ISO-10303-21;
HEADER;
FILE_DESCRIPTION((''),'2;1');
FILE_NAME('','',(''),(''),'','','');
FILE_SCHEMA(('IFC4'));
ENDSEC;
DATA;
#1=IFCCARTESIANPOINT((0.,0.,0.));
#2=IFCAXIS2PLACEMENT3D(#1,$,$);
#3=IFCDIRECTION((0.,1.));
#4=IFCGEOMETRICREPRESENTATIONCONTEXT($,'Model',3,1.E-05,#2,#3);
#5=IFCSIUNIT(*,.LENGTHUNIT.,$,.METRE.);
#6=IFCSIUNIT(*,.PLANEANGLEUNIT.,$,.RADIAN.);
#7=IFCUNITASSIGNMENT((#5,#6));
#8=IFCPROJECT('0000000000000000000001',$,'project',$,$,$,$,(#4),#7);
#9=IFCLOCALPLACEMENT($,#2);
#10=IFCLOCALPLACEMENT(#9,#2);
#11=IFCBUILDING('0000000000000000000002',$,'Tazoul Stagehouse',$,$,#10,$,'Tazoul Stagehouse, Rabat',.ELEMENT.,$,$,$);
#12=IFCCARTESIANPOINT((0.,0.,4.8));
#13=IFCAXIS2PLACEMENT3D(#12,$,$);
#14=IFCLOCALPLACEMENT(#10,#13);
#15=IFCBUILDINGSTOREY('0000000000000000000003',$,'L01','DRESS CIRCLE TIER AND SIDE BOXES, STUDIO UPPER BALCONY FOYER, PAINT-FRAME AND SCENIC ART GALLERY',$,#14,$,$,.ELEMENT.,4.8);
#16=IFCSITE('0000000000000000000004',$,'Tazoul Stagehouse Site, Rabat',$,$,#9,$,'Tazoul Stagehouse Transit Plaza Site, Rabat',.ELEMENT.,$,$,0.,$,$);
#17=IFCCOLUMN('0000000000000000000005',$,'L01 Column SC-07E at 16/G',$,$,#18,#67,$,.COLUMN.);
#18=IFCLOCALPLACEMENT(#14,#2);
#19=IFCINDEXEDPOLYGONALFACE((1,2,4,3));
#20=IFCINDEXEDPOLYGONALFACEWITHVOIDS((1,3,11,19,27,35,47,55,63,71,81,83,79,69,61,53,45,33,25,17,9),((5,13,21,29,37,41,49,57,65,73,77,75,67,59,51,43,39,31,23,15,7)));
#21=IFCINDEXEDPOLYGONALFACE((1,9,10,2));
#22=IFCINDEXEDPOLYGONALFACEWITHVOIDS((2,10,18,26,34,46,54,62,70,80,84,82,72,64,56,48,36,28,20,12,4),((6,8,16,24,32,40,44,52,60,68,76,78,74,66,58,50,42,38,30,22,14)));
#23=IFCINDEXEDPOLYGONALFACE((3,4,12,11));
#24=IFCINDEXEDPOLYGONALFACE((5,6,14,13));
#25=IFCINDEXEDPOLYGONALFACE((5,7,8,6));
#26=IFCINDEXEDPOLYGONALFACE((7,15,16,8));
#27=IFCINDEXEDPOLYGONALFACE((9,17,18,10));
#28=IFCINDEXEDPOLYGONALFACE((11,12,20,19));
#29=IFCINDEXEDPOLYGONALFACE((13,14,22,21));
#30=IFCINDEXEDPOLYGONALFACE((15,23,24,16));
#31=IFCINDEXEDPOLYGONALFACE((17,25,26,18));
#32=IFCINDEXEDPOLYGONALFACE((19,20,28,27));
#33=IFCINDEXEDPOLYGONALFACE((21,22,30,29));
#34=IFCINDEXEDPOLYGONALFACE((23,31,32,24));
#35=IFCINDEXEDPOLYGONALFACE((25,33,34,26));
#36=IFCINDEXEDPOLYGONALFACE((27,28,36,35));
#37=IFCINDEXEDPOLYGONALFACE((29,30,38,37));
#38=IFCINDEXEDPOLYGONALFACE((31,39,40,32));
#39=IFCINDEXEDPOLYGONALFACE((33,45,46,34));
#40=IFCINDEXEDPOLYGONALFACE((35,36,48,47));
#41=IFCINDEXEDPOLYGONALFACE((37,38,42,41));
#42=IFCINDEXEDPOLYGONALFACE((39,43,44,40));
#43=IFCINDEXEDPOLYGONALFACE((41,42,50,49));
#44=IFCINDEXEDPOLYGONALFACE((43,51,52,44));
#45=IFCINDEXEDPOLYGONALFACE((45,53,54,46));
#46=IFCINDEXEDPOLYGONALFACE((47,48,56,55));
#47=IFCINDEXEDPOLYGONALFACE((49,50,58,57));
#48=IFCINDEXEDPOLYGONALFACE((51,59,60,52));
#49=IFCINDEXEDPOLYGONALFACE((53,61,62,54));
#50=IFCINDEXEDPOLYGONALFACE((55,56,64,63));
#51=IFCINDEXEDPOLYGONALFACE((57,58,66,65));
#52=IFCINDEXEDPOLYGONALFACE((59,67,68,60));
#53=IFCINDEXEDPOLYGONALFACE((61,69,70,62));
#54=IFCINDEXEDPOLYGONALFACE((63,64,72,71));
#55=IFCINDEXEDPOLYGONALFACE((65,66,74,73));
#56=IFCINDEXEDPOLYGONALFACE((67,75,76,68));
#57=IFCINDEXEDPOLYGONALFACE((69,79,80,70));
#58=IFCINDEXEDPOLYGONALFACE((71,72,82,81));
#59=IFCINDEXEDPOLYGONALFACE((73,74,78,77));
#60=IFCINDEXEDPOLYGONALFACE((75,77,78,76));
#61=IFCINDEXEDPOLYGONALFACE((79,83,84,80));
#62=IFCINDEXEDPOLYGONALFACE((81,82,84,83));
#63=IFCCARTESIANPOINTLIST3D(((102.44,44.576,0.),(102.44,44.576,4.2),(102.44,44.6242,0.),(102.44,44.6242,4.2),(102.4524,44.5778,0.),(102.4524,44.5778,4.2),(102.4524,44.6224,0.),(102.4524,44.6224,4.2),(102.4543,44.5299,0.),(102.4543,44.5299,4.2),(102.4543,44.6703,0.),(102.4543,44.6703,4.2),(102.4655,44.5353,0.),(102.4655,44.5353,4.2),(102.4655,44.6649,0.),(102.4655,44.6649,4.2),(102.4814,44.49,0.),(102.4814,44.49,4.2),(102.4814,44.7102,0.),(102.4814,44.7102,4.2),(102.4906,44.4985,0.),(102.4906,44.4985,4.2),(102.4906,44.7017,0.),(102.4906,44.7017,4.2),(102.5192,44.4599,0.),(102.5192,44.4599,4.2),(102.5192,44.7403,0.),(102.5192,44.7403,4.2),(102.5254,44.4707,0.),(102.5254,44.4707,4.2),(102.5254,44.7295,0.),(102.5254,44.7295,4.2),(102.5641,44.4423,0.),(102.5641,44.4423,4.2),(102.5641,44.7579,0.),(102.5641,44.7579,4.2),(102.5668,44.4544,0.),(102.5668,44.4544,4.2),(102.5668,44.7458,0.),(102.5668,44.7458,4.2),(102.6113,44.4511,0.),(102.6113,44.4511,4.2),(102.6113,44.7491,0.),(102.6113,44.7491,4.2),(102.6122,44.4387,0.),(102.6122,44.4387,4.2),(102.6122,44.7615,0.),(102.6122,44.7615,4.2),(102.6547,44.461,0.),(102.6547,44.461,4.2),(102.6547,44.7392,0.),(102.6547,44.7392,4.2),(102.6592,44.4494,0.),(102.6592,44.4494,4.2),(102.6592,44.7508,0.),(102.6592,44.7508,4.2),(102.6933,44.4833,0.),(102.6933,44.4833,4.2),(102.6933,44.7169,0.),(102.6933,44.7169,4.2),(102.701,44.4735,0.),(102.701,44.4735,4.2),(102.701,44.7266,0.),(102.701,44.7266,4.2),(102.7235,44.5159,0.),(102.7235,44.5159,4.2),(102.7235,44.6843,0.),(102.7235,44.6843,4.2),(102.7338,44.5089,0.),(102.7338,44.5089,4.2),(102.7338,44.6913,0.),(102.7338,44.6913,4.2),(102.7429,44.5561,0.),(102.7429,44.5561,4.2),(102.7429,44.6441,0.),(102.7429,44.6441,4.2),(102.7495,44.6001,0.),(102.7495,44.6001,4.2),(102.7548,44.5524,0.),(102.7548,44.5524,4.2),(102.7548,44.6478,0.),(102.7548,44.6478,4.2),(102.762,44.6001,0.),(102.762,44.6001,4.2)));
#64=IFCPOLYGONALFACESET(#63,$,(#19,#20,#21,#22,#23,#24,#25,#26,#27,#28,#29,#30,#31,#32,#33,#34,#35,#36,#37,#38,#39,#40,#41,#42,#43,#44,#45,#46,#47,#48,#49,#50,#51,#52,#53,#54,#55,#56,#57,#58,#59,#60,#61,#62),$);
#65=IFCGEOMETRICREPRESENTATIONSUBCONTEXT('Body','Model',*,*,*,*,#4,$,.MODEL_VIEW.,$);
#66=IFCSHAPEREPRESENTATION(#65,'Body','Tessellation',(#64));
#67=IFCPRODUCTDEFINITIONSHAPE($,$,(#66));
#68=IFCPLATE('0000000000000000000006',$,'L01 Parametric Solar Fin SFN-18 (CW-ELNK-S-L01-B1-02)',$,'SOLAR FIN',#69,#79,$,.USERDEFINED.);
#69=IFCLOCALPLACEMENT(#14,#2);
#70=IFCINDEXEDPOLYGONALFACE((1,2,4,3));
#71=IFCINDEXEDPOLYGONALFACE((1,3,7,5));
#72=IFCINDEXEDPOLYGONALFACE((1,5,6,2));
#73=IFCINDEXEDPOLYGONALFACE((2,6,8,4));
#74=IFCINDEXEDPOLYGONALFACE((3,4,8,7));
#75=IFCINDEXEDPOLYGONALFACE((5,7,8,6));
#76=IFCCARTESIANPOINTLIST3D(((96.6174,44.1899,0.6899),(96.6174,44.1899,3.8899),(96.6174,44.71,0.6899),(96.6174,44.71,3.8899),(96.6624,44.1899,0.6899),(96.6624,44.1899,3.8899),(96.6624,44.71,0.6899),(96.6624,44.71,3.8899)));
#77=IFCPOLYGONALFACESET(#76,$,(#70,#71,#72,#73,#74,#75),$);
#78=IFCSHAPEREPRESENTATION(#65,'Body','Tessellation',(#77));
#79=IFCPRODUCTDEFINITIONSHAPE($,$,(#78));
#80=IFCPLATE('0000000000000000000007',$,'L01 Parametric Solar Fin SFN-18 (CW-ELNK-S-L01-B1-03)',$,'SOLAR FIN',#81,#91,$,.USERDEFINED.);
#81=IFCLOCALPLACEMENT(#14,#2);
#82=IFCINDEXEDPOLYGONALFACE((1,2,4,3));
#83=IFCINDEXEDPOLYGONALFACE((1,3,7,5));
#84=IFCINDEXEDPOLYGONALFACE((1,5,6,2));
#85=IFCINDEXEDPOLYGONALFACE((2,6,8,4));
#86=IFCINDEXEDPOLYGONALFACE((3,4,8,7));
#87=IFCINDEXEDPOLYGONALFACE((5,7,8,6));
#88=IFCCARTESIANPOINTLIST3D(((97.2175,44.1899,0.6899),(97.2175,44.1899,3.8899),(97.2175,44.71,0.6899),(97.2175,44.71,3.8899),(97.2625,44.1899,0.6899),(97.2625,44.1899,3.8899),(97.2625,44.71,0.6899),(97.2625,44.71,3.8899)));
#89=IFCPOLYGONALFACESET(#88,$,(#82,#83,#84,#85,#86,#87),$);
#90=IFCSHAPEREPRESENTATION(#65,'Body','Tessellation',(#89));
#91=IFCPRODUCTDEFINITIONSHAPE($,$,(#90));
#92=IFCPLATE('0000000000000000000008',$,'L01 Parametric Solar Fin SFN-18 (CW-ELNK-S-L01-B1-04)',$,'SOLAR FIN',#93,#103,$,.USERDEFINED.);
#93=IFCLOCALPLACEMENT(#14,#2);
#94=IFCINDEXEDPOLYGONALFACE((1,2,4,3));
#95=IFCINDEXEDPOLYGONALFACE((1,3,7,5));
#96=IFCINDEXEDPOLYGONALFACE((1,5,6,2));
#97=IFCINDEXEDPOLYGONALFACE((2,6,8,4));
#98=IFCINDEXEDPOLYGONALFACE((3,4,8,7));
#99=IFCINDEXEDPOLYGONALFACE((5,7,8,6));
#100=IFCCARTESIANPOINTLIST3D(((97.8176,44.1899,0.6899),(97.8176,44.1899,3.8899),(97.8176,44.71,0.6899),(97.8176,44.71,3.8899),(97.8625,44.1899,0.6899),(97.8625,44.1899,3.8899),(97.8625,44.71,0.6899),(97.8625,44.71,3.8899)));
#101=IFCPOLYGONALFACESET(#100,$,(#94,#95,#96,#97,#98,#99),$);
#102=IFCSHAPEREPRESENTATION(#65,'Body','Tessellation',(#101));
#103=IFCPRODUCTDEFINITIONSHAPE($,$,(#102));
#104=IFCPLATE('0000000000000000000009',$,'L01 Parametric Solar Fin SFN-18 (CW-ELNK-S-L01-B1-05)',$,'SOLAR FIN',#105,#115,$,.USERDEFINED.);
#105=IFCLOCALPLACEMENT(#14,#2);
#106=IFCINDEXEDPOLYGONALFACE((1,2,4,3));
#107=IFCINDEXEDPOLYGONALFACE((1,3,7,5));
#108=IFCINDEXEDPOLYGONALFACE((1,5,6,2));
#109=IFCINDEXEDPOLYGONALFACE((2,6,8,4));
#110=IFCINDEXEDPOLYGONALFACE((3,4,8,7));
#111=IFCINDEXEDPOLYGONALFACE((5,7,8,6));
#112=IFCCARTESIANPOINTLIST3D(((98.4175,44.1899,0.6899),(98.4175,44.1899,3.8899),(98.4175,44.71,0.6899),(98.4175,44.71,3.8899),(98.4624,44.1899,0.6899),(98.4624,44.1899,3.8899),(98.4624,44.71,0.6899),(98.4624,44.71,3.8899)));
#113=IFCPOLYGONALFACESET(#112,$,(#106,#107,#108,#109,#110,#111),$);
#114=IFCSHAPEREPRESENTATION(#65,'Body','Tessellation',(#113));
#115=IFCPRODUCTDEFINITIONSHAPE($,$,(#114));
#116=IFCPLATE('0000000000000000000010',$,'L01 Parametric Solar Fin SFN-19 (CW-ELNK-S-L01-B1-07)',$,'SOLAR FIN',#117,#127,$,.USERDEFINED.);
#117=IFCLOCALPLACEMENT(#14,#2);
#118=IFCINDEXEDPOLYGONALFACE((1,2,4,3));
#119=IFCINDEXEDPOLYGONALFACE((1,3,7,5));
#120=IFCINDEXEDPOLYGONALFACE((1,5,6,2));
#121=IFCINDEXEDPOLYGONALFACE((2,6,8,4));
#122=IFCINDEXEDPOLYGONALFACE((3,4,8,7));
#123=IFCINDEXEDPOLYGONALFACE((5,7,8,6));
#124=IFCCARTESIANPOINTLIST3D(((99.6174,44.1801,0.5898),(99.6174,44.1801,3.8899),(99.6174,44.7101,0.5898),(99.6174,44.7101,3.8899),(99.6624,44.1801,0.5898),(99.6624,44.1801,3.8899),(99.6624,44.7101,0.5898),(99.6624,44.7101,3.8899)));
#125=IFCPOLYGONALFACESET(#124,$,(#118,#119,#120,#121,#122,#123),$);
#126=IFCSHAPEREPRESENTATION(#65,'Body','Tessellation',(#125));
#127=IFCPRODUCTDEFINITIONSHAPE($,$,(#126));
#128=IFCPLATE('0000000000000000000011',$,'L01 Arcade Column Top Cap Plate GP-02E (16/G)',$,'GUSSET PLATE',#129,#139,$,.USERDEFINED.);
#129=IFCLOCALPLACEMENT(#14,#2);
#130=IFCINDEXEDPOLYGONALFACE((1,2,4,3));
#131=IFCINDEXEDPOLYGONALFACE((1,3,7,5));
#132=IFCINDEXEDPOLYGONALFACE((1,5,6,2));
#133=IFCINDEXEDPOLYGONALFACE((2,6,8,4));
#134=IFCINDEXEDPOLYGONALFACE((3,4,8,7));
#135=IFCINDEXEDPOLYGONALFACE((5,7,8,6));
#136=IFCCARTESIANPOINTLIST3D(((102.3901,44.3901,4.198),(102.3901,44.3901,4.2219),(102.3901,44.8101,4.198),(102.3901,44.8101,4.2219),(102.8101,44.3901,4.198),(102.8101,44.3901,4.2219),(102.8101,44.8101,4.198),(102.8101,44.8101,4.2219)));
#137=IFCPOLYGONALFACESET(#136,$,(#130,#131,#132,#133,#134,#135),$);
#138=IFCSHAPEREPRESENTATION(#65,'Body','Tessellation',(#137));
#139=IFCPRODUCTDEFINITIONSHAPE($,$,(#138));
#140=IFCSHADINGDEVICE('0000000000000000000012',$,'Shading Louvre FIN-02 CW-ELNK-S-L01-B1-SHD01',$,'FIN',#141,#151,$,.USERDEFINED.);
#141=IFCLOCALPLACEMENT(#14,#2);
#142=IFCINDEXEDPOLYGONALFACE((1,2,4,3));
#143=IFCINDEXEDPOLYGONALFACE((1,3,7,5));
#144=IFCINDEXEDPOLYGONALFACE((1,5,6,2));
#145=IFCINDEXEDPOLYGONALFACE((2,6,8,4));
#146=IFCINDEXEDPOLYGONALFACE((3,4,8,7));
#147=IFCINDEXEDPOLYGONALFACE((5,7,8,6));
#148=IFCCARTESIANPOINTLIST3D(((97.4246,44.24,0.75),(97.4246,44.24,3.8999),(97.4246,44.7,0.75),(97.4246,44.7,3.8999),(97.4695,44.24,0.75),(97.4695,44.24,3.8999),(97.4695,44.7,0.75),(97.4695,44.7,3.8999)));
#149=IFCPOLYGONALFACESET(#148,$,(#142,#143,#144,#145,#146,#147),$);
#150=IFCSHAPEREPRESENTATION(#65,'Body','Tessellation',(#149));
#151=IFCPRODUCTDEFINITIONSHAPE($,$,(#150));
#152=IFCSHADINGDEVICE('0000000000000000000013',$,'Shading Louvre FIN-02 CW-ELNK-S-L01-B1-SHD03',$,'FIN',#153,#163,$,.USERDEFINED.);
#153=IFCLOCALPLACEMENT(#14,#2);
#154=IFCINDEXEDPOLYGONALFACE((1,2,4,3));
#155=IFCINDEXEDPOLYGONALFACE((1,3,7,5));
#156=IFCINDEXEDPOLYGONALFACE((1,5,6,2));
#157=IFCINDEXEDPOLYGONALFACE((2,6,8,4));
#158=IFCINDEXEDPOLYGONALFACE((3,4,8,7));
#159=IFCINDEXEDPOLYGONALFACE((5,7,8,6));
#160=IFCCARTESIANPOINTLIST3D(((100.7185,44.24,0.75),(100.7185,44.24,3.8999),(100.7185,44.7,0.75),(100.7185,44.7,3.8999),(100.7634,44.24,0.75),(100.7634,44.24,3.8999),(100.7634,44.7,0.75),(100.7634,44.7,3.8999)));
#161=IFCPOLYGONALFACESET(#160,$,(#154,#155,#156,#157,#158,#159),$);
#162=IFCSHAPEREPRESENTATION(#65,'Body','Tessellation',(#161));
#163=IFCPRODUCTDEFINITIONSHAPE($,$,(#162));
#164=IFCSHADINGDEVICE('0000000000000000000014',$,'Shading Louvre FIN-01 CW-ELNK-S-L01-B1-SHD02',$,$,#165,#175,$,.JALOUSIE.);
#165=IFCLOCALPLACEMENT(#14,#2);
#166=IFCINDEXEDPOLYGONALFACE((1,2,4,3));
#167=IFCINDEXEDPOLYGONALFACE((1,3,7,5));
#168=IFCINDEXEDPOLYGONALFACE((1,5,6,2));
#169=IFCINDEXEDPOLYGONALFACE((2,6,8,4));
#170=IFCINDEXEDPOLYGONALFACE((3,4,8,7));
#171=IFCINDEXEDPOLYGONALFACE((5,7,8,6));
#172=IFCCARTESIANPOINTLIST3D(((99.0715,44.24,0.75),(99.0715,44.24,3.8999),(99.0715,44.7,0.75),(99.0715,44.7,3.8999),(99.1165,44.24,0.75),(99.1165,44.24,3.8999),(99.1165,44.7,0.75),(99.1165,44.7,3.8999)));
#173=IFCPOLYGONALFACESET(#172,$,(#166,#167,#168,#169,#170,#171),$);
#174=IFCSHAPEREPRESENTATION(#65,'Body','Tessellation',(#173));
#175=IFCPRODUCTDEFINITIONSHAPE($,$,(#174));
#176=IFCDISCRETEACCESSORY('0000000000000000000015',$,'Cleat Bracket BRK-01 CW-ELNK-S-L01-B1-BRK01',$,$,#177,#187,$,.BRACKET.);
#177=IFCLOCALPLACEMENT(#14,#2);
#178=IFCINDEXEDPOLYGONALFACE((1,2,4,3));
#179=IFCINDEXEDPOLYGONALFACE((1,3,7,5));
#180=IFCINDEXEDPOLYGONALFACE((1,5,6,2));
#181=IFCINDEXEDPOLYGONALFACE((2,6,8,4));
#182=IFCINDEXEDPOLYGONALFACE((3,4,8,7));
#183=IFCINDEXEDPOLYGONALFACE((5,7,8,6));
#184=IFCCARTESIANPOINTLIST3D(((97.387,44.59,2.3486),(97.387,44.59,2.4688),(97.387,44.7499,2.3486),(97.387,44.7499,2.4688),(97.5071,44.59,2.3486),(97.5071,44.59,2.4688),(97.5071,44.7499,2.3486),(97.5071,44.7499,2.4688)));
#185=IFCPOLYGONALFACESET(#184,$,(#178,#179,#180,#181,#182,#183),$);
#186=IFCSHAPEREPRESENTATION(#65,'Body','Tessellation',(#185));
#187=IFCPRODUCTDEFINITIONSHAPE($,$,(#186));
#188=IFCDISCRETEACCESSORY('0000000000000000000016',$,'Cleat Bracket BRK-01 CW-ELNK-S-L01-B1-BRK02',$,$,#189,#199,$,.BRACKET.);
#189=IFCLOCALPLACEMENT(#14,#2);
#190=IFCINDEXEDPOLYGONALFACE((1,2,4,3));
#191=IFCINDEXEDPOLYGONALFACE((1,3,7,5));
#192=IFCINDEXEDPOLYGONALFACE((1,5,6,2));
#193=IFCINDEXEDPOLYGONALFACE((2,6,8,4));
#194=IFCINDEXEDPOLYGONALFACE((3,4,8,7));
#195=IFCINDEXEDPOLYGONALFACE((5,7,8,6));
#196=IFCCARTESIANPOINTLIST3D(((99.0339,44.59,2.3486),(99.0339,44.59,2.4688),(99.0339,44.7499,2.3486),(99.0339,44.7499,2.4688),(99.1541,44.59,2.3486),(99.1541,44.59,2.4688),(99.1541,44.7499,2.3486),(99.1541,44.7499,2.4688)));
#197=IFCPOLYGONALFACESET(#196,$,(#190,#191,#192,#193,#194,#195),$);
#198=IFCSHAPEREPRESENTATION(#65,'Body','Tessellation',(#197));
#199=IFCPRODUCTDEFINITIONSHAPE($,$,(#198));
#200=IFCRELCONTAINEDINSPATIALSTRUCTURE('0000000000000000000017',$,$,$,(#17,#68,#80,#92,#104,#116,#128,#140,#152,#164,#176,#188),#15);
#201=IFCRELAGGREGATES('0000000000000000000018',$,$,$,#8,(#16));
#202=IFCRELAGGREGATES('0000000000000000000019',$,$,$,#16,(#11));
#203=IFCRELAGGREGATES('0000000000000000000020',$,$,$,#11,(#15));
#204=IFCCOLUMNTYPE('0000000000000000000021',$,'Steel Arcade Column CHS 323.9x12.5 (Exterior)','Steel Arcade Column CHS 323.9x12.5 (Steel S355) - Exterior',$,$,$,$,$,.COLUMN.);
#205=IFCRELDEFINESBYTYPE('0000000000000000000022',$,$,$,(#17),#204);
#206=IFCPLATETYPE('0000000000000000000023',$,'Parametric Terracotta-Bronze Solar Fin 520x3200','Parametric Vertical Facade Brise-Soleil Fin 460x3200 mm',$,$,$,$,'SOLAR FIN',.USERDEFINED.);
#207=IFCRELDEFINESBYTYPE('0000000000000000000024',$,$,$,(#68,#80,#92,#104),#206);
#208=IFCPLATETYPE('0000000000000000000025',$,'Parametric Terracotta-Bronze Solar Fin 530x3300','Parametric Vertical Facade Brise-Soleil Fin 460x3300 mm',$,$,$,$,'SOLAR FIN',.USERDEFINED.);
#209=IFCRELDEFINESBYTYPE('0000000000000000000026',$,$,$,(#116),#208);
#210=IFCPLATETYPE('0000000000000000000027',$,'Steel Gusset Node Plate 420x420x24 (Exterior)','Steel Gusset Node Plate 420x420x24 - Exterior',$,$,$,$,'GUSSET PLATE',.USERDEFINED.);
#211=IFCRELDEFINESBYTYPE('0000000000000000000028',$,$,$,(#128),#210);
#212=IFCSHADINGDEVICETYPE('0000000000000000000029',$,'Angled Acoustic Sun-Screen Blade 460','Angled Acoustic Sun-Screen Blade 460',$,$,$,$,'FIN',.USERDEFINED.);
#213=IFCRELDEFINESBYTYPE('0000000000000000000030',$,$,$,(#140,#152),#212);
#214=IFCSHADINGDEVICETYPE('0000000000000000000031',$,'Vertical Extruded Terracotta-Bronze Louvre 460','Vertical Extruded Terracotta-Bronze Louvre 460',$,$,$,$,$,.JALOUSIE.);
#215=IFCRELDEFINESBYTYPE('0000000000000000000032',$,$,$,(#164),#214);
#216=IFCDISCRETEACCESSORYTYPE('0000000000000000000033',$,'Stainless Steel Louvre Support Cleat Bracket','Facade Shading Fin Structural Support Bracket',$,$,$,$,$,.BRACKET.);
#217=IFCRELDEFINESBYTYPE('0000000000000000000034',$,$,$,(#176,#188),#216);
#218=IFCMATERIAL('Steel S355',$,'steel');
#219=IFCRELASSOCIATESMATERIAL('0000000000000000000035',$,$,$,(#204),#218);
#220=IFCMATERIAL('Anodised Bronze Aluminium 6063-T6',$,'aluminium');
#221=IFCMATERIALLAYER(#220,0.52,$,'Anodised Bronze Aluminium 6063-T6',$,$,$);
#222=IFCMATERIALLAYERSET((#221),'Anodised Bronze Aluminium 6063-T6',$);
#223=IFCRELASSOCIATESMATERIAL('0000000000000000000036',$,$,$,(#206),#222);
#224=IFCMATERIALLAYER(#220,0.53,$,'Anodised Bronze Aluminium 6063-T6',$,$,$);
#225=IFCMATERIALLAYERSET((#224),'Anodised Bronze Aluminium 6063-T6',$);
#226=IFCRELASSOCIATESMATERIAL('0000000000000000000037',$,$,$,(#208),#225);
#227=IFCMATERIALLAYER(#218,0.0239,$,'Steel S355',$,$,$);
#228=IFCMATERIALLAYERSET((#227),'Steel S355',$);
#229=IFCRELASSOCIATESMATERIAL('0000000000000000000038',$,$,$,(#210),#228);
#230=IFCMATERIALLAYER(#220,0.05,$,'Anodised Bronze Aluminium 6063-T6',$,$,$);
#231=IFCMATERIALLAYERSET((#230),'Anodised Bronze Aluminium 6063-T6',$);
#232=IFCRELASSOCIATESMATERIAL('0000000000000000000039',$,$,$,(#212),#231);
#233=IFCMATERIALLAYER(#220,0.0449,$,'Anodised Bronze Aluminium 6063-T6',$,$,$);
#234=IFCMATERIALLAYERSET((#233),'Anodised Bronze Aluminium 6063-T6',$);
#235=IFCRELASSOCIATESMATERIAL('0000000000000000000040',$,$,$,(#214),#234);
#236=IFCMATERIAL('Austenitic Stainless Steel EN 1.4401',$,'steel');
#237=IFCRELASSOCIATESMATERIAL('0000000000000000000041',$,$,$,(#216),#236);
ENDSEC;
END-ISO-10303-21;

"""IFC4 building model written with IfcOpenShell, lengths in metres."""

from ifc_helpers import new_model, si_unit, direction, frame, origin, origin_2d, place, context, subcontext, project, spatial, rectangle, hollow_circle, extrude, material, layer, layer_set, material_profile, profile_set, type_object, element, save


model = new_model("IFC4")

# Units and contexts
model_context = context("Model", 3, precision=1e-05, world=origin(), true_north=direction((0.0, 1.0)))
body_context = subcontext(model_context, "Body", "Model", "MODEL_VIEW")
ifc_project = project(units=[si_unit("LENGTHUNIT", "METRE"), si_unit("PLANEANGLEUNIT", "RADIAN")], contexts=[model_context])

# Site, building, storey
site_placement = place(None, origin())
site = spatial("IfcSite", under=ifc_project, at=site_placement, Name="Tazoul Stagehouse Site, Rabat", LongName="Tazoul Stagehouse Transit Plaza Site, Rabat", CompositionType="ELEMENT", RefElevation=0.0)
building_placement = place(site_placement, origin())
building = spatial("IfcBuilding", under=site, at=building_placement, Name="Tazoul Stagehouse", LongName="Tazoul Stagehouse, Rabat", CompositionType="ELEMENT")
storey_placement = place(building_placement, frame((0.0, 0.0, 4.8)))
storey = spatial("IfcBuildingStorey", under=building, at=storey_placement, Name="L01", Description="DRESS CIRCLE TIER AND SIDE BOXES, STUDIO UPPER BALCONY FOYER, PAINT-FRAME AND SCENIC ART GALLERY", CompositionType="ELEMENT", Elevation=4.8)

# Column
ifc_material_1 = material(Name="Steel S355", Category="steel")
ifc_material_profile = material_profile(ifc_material_1, hollow_circle(Radius=0.1619, WallThickness=0.0125, at=origin_2d()), Name="CHS 323.9x12.5")
ifc_profile_set = profile_set([ifc_material_profile], Name="Steel S355")
column_type = type_object("IfcColumnType", Name="Steel Arcade Column CHS 323.9x12.5 (Exterior)", Description="Steel Arcade Column CHS 323.9x12.5 (Steel S355) - Exterior", PredefinedType="COLUMN", material=ifc_profile_set)
column_placement = place(storey_placement, frame((102.6001, 44.6001, 0.0), z_axis=(0.0, 0.0, 1.0), x_axis=(1.0, 0.0, 0.0)))
element("IfcColumn", 1, at=column_placement, inside=storey, type_object=column_type, Name="L01 Column SC-07E at 16/G", PredefinedType="COLUMN", context=body_context, shape_type="SweptSolid", body=[
    extrude(hollow_circle(Radius=0.1619, WallThickness=0.0125, at=origin_2d()), origin(), (0.0, 0.0, 1.0), 4.2),
])

# Plates
ifc_material_2 = material(Name="Anodised Bronze Aluminium 6063-T6", Category="aluminium")
ifc_layer_1 = layer(ifc_material_2, 0.52, Name="Anodised Bronze Aluminium 6063-T6")
ifc_layer_set_1 = layer_set([ifc_layer_1], Name="Anodised Bronze Aluminium 6063-T6")
plate_type_1 = type_object("IfcPlateType", Name="Parametric Terracotta-Bronze Solar Fin 520x3200", Description="Parametric Vertical Facade Brise-Soleil Fin 460x3200 mm", ElementType="SOLAR FIN", PredefinedType="USERDEFINED", material=ifc_layer_set_1)
for number, where, z_axis, x_axis, name in (
    (2, (96.6399, 44.45, 0.6899), (0.0, 0.0, 1.0), (1.0, 0.0, 0.0), "L01 Parametric Solar Fin SFN-18 (CW-ELNK-S-L01-B1-02)"),
    (3, (97.24, 44.45, 0.6899), (0.0, 0.0, 1.0), (1.0, 0.0, 0.0), "L01 Parametric Solar Fin SFN-18 (CW-ELNK-S-L01-B1-03)"),
    (4, (97.8401, 44.45, 0.6899), (0.0, 0.0, 1.0), (1.0, 0.0, 0.0), "L01 Parametric Solar Fin SFN-18 (CW-ELNK-S-L01-B1-04)"),
    (5, (98.4399, 44.45, 0.6899), (0.0, 0.0, 1.0), (1.0, 0.0, 0.0), "L01 Parametric Solar Fin SFN-18 (CW-ELNK-S-L01-B1-05)"),
):
    element("IfcPlate", number, at=place(storey_placement, frame(where, z_axis=z_axis, x_axis=x_axis)), inside=storey, type_object=plate_type_1, Name=name, ObjectType="SOLAR FIN", PredefinedType="USERDEFINED", context=body_context, shape_type="SweptSolid", body=[
        extrude(rectangle(XDim=0.0449, YDim=0.52, at=origin_2d()), origin(), (0.0, 0.0, 1.0), 3.2),
    ])
ifc_layer_2 = layer(ifc_material_2, 0.53, Name="Anodised Bronze Aluminium 6063-T6")
ifc_layer_set_2 = layer_set([ifc_layer_2], Name="Anodised Bronze Aluminium 6063-T6")
plate_type_2 = type_object("IfcPlateType", Name="Parametric Terracotta-Bronze Solar Fin 530x3300", Description="Parametric Vertical Facade Brise-Soleil Fin 460x3300 mm", ElementType="SOLAR FIN", PredefinedType="USERDEFINED", material=ifc_layer_set_2)
plate_1_placement = place(storey_placement, frame((99.6399, 44.4451, 0.5898), z_axis=(0.0, 0.0, 1.0), x_axis=(1.0, 0.0, 0.0)))
element("IfcPlate", 6, at=plate_1_placement, inside=storey, type_object=plate_type_2, Name="L01 Parametric Solar Fin SFN-19 (CW-ELNK-S-L01-B1-07)", ObjectType="SOLAR FIN", PredefinedType="USERDEFINED", context=body_context, shape_type="SweptSolid", body=[
    extrude(rectangle(XDim=0.0449, YDim=0.53, at=origin_2d()), origin(), (0.0, 0.0, 1.0), 3.3),
])
ifc_layer_3 = layer(ifc_material_1, 0.0239, Name="Steel S355")
ifc_layer_set_3 = layer_set([ifc_layer_3], Name="Steel S355")
plate_type_3 = type_object("IfcPlateType", Name="Steel Gusset Node Plate 420x420x24 (Exterior)", Description="Steel Gusset Node Plate 420x420x24 - Exterior", ElementType="GUSSET PLATE", PredefinedType="USERDEFINED", material=ifc_layer_set_3)
plate_2_placement = place(storey_placement, frame((102.6001, 44.6001, 4.198), z_axis=(0.0, 0.0, 1.0), x_axis=(1.0, 0.0, 0.0)))
element("IfcPlate", 7, at=plate_2_placement, inside=storey, type_object=plate_type_3, Name="L01 Arcade Column Top Cap Plate GP-02E (16/G)", ObjectType="GUSSET PLATE", PredefinedType="USERDEFINED", context=body_context, shape_type="SweptSolid", body=[
    extrude(rectangle(XDim=0.4199, YDim=0.4199, at=origin_2d()), origin(), (0.0, 0.0, 1.0), 0.0239),
])

# Shading devices
ifc_layer_4 = layer(ifc_material_2, 0.05, Name="Anodised Bronze Aluminium 6063-T6")
ifc_layer_set_4 = layer_set([ifc_layer_4], Name="Anodised Bronze Aluminium 6063-T6")
shading_device_type_1 = type_object("IfcShadingDeviceType", Name="Angled Acoustic Sun-Screen Blade 460", Description="Angled Acoustic Sun-Screen Blade 460", ElementType="FIN", PredefinedType="USERDEFINED", material=ifc_layer_set_4)
for number, where, z_axis, x_axis, name in (
    (8, (97.447, 44.47, 0.75), (0.0, 0.0, 1.0), (1.0, 0.0, 0.0), "Shading Louvre FIN-02 CW-ELNK-S-L01-B1-SHD01"),
    (9, (100.741, 44.47, 0.75), (0.0, 0.0, 1.0), (1.0, 0.0, 0.0), "Shading Louvre FIN-02 CW-ELNK-S-L01-B1-SHD03"),
):
    element("IfcShadingDevice", number, at=place(storey_placement, frame(where, z_axis=z_axis, x_axis=x_axis)), inside=storey, type_object=shading_device_type_1, Name=name, ObjectType="FIN", PredefinedType="USERDEFINED", context=body_context, shape_type="SweptSolid", body=[
        extrude(rectangle(XDim=0.0449, YDim=0.46, at=origin_2d()), origin(), (0.0, 0.0, 1.0), 3.1499),
    ])
ifc_layer_5 = layer(ifc_material_2, 0.0449, Name="Anodised Bronze Aluminium 6063-T6")
ifc_layer_set_5 = layer_set([ifc_layer_5], Name="Anodised Bronze Aluminium 6063-T6")
shading_device_type_2 = type_object("IfcShadingDeviceType", Name="Vertical Extruded Terracotta-Bronze Louvre 460", Description="Vertical Extruded Terracotta-Bronze Louvre 460", PredefinedType="JALOUSIE", material=ifc_layer_set_5)
shading_device_placement = place(storey_placement, frame((99.094, 44.47, 0.75), z_axis=(0.0, 0.0, 1.0), x_axis=(1.0, 0.0, 0.0)))
element("IfcShadingDevice", 10, at=shading_device_placement, inside=storey, type_object=shading_device_type_2, Name="Shading Louvre FIN-01 CW-ELNK-S-L01-B1-SHD02", PredefinedType="JALOUSIE", context=body_context, shape_type="SweptSolid", body=[
    extrude(rectangle(XDim=0.0449, YDim=0.46, at=origin_2d()), origin(), (0.0, 0.0, 1.0), 3.1499),
])

# Discrete accessories
ifc_material_3 = material(Name="Austenitic Stainless Steel EN 1.4401", Category="steel")
discrete_accessory_type = type_object("IfcDiscreteAccessoryType", Name="Stainless Steel Louvre Support Cleat Bracket", Description="Facade Shading Fin Structural Support Bracket", PredefinedType="BRACKET", material=ifc_material_3)
for number, where, z_axis, x_axis, name in (
    (11, (97.447, 44.6699, 2.3486), (0.0, 0.0, 1.0), (1.0, 0.0, 0.0), "Cleat Bracket BRK-01 CW-ELNK-S-L01-B1-BRK01"),
    (12, (99.094, 44.6699, 2.3486), (0.0, 0.0, 1.0), (1.0, 0.0, 0.0), "Cleat Bracket BRK-01 CW-ELNK-S-L01-B1-BRK02"),
):
    element("IfcDiscreteAccessory", number, at=place(storey_placement, frame(where, z_axis=z_axis, x_axis=x_axis)), inside=storey, type_object=discrete_accessory_type, Name=name, PredefinedType="BRACKET", context=body_context, shape_type="SweptSolid", body=[
        extrude(rectangle(XDim=0.1201, YDim=0.1599, at=origin_2d()), origin(), (0.0, 0.0, 1.0), 0.1201),
    ])

save(model, "model.ifc")
